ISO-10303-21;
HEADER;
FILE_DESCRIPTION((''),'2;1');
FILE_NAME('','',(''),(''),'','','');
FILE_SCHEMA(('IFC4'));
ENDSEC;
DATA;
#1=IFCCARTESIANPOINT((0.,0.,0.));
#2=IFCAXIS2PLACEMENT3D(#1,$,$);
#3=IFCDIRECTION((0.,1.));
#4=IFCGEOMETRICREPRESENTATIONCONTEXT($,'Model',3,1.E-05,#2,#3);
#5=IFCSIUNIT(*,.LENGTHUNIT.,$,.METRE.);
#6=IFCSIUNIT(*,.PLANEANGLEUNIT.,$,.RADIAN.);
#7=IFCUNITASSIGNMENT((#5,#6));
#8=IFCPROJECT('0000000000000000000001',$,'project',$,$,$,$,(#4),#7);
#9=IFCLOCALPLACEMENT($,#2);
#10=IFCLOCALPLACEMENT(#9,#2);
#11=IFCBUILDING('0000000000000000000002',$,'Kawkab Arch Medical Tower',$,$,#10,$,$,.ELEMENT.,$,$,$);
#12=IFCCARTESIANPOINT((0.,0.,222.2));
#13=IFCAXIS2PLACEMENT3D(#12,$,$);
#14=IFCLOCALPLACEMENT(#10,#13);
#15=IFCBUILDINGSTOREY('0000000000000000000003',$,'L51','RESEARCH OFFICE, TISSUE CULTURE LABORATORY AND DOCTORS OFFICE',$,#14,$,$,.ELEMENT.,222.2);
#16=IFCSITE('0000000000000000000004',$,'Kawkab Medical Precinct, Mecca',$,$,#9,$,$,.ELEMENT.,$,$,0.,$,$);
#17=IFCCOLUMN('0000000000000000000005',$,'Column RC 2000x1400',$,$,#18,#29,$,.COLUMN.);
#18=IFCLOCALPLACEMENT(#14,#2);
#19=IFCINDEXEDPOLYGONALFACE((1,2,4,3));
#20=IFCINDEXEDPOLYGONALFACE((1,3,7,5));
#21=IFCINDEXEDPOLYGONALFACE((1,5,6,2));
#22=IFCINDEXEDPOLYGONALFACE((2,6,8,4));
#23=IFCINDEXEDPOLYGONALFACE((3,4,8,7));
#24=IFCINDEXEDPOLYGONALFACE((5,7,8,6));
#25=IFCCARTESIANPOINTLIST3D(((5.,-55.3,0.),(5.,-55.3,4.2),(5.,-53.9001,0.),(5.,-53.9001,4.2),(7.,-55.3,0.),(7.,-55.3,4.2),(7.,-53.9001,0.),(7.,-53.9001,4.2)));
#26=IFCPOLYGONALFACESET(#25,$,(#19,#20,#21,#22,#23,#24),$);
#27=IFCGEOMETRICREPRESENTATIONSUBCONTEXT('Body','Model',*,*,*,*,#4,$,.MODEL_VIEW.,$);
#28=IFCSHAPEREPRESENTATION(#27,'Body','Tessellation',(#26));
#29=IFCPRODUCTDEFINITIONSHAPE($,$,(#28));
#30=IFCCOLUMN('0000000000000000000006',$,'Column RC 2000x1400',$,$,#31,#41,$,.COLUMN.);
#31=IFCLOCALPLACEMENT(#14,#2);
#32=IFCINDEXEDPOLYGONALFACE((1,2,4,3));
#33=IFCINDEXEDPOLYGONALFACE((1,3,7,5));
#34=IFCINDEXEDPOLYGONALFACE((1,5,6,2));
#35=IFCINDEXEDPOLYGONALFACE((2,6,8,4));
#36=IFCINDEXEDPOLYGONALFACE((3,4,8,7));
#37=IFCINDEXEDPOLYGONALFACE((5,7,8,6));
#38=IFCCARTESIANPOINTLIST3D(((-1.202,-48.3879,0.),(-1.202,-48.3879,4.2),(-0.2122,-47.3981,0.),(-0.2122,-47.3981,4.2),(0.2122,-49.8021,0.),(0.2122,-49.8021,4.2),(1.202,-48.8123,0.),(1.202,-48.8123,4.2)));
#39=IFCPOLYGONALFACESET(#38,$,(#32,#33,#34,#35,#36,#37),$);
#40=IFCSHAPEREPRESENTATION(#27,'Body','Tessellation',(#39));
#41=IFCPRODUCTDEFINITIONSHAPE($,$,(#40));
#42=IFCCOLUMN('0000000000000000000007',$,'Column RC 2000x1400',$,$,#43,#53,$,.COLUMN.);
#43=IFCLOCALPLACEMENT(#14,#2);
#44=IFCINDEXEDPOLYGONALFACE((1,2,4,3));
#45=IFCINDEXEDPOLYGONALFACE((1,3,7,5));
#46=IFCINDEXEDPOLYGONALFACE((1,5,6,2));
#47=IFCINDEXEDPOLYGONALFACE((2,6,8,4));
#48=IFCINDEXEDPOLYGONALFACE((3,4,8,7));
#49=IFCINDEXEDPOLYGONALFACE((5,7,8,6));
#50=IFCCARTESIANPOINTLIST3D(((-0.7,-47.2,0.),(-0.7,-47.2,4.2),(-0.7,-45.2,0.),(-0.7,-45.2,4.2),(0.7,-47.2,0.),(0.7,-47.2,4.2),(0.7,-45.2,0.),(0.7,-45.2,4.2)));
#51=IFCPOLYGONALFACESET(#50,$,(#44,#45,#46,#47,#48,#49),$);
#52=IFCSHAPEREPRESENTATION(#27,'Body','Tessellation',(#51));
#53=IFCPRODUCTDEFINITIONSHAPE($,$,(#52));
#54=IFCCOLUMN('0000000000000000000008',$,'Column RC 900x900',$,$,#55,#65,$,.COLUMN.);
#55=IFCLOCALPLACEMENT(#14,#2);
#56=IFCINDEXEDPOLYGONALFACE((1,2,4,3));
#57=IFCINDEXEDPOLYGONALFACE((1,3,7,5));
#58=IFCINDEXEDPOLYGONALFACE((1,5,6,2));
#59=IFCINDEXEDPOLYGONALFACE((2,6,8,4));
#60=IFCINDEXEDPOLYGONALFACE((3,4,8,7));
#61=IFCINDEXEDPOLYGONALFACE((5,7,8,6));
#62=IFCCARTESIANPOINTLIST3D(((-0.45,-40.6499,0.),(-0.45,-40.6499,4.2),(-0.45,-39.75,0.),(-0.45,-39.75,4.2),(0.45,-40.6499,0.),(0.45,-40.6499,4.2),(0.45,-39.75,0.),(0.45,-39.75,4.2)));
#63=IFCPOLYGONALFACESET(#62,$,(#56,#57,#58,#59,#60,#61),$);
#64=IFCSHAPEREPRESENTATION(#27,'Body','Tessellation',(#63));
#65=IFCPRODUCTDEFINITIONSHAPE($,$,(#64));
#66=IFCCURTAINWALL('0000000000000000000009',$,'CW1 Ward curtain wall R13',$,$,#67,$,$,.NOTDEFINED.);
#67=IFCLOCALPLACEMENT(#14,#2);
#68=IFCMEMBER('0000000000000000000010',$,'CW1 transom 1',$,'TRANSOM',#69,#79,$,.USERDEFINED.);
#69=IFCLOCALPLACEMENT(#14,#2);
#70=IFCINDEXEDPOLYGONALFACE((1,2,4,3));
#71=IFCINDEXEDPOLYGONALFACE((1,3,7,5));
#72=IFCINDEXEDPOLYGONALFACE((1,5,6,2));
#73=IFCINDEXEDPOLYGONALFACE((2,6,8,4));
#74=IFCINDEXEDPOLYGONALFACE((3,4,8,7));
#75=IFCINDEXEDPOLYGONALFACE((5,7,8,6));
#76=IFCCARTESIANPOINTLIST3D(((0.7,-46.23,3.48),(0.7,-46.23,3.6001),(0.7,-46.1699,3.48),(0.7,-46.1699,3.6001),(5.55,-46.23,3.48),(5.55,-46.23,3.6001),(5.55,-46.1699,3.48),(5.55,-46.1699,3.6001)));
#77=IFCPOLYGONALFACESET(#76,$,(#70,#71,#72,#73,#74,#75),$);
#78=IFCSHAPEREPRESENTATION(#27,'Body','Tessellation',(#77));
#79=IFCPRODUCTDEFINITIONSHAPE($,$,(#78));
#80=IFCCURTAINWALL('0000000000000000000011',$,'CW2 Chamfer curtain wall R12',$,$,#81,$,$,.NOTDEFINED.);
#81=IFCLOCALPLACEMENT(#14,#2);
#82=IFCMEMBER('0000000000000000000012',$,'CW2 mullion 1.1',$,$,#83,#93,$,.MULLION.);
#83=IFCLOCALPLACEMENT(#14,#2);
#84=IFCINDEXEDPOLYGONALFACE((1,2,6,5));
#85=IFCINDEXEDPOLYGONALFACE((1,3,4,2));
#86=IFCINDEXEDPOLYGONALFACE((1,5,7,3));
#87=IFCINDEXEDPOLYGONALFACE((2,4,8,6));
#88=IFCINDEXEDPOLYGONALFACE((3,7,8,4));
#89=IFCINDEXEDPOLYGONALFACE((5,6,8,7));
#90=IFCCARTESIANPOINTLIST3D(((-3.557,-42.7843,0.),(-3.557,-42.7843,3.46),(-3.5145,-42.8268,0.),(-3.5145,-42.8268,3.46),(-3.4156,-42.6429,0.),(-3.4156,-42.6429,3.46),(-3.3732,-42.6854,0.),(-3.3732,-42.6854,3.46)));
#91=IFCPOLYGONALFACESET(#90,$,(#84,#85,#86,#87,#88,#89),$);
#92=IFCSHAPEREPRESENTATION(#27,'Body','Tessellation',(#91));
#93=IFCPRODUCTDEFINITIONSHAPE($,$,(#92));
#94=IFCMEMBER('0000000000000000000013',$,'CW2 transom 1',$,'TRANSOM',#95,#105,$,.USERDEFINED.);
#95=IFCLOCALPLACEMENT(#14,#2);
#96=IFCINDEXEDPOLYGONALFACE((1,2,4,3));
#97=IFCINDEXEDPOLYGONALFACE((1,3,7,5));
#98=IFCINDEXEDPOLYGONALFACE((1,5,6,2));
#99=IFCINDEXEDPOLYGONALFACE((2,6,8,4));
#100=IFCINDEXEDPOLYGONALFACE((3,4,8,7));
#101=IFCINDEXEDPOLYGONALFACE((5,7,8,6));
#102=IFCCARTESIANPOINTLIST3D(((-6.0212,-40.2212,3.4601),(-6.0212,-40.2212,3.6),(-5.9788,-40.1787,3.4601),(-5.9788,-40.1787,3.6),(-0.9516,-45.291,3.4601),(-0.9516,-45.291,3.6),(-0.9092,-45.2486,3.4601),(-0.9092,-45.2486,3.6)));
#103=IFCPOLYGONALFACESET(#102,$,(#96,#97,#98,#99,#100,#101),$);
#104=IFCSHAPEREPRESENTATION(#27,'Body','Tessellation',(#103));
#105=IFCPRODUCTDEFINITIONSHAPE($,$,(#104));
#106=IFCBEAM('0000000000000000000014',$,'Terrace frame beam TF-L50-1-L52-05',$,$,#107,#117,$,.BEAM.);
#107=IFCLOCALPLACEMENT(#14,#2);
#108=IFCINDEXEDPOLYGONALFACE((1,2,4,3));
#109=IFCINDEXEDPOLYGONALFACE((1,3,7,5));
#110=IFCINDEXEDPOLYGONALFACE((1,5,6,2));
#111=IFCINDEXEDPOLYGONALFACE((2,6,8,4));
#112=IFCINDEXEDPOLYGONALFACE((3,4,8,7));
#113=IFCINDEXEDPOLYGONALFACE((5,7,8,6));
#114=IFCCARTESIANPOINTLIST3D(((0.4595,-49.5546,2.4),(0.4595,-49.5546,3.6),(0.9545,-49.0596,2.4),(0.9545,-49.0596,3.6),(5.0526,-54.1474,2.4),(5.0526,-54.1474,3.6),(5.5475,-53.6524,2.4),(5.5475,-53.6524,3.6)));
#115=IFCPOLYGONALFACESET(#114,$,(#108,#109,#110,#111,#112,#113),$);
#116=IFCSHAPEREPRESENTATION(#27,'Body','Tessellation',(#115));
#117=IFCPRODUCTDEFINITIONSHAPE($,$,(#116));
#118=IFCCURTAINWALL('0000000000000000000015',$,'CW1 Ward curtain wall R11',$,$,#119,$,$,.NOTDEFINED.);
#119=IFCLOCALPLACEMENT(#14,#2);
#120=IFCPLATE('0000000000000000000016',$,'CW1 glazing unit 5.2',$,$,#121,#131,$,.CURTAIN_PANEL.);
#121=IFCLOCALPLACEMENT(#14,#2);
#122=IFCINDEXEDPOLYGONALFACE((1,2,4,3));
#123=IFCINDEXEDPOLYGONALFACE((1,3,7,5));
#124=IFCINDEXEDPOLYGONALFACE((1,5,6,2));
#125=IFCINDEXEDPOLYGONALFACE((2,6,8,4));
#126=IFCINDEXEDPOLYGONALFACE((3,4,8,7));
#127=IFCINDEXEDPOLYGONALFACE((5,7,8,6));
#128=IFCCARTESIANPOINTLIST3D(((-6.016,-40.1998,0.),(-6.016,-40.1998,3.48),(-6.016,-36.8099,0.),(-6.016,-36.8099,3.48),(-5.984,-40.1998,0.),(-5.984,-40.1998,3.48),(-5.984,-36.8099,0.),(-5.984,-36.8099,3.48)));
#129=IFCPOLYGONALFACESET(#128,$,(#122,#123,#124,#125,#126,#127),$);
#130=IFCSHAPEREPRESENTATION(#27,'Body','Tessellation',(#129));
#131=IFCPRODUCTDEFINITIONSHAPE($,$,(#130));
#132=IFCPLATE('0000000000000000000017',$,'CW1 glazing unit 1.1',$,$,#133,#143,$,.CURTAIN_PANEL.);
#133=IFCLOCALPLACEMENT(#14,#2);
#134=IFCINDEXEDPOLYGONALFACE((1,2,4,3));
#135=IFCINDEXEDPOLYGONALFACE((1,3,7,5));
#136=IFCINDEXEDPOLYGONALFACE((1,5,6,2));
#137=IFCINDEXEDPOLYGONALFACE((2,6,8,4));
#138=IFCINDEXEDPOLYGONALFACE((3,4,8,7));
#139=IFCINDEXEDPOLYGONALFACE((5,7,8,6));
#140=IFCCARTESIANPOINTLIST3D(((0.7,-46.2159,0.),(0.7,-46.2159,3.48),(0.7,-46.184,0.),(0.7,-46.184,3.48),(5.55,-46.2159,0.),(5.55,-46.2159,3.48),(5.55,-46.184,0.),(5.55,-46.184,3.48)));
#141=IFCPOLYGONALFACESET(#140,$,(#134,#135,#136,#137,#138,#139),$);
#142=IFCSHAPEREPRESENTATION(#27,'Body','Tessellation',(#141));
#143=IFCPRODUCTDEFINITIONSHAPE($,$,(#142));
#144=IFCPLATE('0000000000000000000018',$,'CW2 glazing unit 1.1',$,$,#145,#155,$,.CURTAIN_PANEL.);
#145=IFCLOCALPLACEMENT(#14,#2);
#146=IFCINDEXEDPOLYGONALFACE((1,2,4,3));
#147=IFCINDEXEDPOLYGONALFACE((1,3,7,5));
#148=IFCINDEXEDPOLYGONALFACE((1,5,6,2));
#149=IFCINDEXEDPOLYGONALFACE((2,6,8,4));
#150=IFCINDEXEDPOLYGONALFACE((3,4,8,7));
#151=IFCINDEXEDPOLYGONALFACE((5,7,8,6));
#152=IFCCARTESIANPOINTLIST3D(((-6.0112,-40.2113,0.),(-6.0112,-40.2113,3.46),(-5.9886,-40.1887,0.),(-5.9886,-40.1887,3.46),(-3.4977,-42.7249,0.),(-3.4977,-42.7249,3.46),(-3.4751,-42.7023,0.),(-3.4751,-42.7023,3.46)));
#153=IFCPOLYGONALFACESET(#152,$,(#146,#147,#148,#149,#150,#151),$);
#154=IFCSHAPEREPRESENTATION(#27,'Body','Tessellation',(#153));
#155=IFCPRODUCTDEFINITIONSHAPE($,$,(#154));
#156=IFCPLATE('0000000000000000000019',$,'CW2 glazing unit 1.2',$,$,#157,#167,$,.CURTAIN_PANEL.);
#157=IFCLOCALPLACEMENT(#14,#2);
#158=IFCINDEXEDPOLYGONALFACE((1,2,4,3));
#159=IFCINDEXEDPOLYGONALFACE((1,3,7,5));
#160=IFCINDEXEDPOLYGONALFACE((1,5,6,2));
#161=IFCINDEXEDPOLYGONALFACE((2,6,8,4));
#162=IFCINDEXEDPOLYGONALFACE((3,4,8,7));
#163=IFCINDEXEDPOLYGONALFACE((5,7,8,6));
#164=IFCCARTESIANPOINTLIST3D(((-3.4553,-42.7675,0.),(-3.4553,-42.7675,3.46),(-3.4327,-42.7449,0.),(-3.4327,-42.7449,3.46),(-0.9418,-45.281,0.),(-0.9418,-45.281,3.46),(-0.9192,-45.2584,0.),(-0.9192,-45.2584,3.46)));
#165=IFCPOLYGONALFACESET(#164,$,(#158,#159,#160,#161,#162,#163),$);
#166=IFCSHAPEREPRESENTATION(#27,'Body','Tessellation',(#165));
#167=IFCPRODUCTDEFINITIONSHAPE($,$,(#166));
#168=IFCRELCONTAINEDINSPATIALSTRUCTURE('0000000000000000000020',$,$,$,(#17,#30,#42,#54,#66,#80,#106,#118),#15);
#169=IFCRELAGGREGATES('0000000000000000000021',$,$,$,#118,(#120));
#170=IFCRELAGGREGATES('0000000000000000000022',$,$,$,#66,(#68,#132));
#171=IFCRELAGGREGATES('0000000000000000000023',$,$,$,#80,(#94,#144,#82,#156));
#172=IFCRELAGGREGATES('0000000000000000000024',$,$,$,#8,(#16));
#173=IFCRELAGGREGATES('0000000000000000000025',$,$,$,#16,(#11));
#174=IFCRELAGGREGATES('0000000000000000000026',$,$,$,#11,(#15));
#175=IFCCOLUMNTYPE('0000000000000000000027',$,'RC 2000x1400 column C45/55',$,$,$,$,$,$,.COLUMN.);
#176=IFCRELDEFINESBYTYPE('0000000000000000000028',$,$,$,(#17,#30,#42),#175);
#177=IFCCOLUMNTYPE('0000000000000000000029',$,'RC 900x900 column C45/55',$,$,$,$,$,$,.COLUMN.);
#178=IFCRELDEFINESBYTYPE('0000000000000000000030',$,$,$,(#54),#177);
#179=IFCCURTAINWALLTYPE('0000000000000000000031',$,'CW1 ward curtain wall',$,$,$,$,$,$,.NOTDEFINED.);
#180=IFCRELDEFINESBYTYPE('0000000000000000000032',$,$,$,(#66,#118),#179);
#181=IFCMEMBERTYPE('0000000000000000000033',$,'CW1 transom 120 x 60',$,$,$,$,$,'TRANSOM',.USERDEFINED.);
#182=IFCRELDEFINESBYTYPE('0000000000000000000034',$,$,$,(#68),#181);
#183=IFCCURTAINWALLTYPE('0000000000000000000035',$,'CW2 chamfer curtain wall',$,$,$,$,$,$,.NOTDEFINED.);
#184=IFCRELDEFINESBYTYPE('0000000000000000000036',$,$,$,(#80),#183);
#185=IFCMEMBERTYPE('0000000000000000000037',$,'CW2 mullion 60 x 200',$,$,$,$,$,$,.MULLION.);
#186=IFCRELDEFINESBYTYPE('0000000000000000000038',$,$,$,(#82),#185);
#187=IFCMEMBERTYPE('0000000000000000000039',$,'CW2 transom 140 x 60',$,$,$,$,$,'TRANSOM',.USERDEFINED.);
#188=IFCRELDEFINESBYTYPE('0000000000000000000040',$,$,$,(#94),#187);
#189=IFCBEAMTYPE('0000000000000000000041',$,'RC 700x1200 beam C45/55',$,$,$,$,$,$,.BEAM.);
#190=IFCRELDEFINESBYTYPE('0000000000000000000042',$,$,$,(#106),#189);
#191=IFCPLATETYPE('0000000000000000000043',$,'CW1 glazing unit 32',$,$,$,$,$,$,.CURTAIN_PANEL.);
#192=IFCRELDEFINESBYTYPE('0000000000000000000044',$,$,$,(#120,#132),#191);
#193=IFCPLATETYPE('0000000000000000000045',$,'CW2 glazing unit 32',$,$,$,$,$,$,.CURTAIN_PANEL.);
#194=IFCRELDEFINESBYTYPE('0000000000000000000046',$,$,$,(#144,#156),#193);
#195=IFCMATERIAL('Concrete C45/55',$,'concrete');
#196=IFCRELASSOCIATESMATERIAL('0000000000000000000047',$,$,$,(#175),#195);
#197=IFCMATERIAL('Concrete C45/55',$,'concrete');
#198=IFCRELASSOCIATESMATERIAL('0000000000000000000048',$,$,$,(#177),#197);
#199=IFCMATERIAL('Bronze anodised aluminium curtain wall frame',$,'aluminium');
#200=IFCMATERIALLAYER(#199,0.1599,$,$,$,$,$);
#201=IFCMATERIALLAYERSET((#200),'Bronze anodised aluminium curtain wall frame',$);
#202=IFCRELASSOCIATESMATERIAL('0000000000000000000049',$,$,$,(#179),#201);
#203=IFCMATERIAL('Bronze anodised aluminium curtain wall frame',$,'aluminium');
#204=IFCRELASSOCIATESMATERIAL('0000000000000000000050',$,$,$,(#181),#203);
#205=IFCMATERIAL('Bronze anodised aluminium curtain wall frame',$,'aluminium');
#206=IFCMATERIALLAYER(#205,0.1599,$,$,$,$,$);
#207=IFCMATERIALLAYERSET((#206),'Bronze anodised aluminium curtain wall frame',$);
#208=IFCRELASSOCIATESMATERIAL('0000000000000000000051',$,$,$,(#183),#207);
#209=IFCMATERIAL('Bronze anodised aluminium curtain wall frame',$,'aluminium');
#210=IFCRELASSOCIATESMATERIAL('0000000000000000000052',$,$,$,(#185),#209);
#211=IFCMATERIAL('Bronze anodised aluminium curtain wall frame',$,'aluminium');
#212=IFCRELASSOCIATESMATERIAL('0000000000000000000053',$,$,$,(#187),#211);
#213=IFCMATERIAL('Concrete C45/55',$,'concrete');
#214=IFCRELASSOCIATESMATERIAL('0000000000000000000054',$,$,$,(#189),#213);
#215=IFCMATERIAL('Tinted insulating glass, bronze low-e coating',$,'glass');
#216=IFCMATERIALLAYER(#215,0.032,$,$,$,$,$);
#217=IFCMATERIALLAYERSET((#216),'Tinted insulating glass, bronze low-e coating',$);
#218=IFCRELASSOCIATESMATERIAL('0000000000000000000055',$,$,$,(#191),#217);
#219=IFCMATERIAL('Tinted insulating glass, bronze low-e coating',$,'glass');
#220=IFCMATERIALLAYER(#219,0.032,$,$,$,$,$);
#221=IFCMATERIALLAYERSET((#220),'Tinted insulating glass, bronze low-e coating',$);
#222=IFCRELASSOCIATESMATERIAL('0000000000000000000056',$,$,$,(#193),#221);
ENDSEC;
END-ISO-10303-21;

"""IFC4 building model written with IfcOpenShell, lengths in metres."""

from ifc_helpers import new_model, si_unit, direction, frame, origin, origin_2d, place, context, subcontext, project, spatial, rectangle, extrude, material, layer, layer_set, material_profile, profile_set, type_object, element, aggregate, save


model = new_model("IFC4")

# Units and contexts
model_context = context("Model", 3, precision=1e-05, world=origin(), true_north=direction((0.0, 1.0)))
body_context = subcontext(model_context, "Body", "Model", "MODEL_VIEW")
ifc_project = project(units=[si_unit("LENGTHUNIT", "METRE"), si_unit("PLANEANGLEUNIT", "RADIAN")], contexts=[model_context])

# Site, building, storey
site_placement = place(None, origin())
site = spatial("IfcSite", under=ifc_project, at=site_placement, Name="Kawkab Medical Precinct, Mecca", CompositionType="ELEMENT", RefElevation=0.0)
building_placement = place(site_placement, origin())
building = spatial("IfcBuilding", under=site, at=building_placement, Name="Kawkab Arch Medical Tower", CompositionType="ELEMENT")
storey_placement = place(building_placement, frame((0.0, 0.0, 222.2)))
storey = spatial("IfcBuildingStorey", under=building, at=storey_placement, Name="L51", Description="RESEARCH OFFICE, TISSUE CULTURE LABORATORY AND DOCTORS OFFICE", CompositionType="ELEMENT", Elevation=222.2)

# Columns
ifc_material_1 = material(Name="Concrete C45/55", Category="concrete")
ifc_material_profile_1 = material_profile(ifc_material_1, rectangle(XDim=2.0, YDim=1.3999, at=origin_2d()), Name="RC 2000x1400")
ifc_profile_set_1 = profile_set([ifc_material_profile_1], Name="Concrete C45/55")
column_type_1 = type_object("IfcColumnType", Name="RC 2000x1400 column C45/55", PredefinedType="COLUMN", material=ifc_profile_set_1)
for number, where, z_axis, x_axis, name in (
    (1, (6.0, -54.6001, 0.0), (0.0, 0.0, 1.0), (-1.0, 0.0, 0.0), "Column RC 2000x1400"),
    (2, (0.0, -48.6001, 0.0), (0.0, 0.0, 1.0), (-0.707107, 0.707107, 0.0), "Column RC 2000x1400"),
    (3, (0.0, -46.2, 0.0), (0.0, 0.0, 1.0), (0.0, 1.0, 0.0), "Column RC 2000x1400"),
):
    element("IfcColumn", number, at=place(storey_placement, frame(where, z_axis=z_axis, x_axis=x_axis)), inside=storey, type_object=column_type_1, Name=name, PredefinedType="COLUMN", context=body_context, shape_type="SweptSolid", body=[
        extrude(rectangle(XDim=2.0, YDim=1.3999, at=origin_2d()), origin(), (0.0, 0.0, 1.0), 4.2),
    ])
ifc_material_2 = material(Name="Concrete C45/55", Category="concrete")
ifc_material_profile_2 = material_profile(ifc_material_2, rectangle(XDim=0.8999, YDim=0.8999, at=origin_2d()), Name="RC 900x900")
ifc_profile_set_2 = profile_set([ifc_material_profile_2], Name="Concrete C45/55")
column_type_2 = type_object("IfcColumnType", Name="RC 900x900 column C45/55", PredefinedType="COLUMN", material=ifc_profile_set_2)
column_placement = place(storey_placement, frame((0.0, -40.2, 0.0), z_axis=(0.0, 0.0, 1.0), x_axis=(1.0, 0.0, 0.0)))
element("IfcColumn", 4, at=column_placement, inside=storey, type_object=column_type_2, Name="Column RC 900x900", PredefinedType="COLUMN", context=body_context, shape_type="SweptSolid", body=[
    extrude(rectangle(XDim=0.8999, YDim=0.8999, at=origin_2d()), origin(), (0.0, 0.0, 1.0), 4.2),
])

# Curtain wall, member
ifc_material_3 = material(Name="Bronze anodised aluminium curtain wall frame", Category="aluminium")
ifc_layer_1 = layer(ifc_material_3, 0.1599)
ifc_layer_set_1 = layer_set([ifc_layer_1], Name="Bronze anodised aluminium curtain wall frame")
curtain_wall_type_1 = type_object("IfcCurtainWallType", Name="CW1 ward curtain wall", PredefinedType="NOTDEFINED", material=ifc_layer_set_1)
placement = place(storey_placement, origin())
curtain_wall_1 = element("IfcCurtainWall", 5, at=placement, inside=storey, type_object=curtain_wall_type_1, Name="CW1 Ward curtain wall R13", PredefinedType="NOTDEFINED")
ifc_material_4 = material(Name="Bronze anodised aluminium curtain wall frame", Category="aluminium")
ifc_material_profile_3 = material_profile(ifc_material_4, rectangle(XDim=0.0601, YDim=0.1201, at=origin_2d()), Name="AL 60x120")
ifc_profile_set_3 = profile_set([ifc_material_profile_3], Name="Bronze anodised aluminium curtain wall frame")
member_type_1 = type_object("IfcMemberType", Name="CW1 transom 120 x 60", ElementType="TRANSOM", PredefinedType="USERDEFINED", material=ifc_profile_set_3)
member_1_placement = place(storey_placement, frame((0.7, -46.2, 3.54), z_axis=(1.0, 0.0, 0.0), x_axis=(0.0, 1.0, 0.0)))
member_1 = element("IfcMember", 6, at=member_1_placement, type_object=member_type_1, Name="CW1 transom 1", ObjectType="TRANSOM", PredefinedType="USERDEFINED", context=body_context, shape_type="SweptSolid", body=[
    extrude(rectangle(XDim=0.0601, YDim=0.1201, at=origin_2d()), origin(), (0.0, 0.0, 1.0), 4.8501),
])

# Curtain wall, members
ifc_material_5 = material(Name="Bronze anodised aluminium curtain wall frame", Category="aluminium")
ifc_layer_2 = layer(ifc_material_5, 0.1599)
ifc_layer_set_2 = layer_set([ifc_layer_2], Name="Bronze anodised aluminium curtain wall frame")
curtain_wall_type_2 = type_object("IfcCurtainWallType", Name="CW2 chamfer curtain wall", PredefinedType="NOTDEFINED", material=ifc_layer_set_2)
curtain_wall_2 = element("IfcCurtainWall", 7, at=placement, inside=storey, type_object=curtain_wall_type_2, Name="CW2 Chamfer curtain wall R12", PredefinedType="NOTDEFINED")
ifc_material_6 = material(Name="Bronze anodised aluminium curtain wall frame", Category="aluminium")
ifc_material_profile_4 = material_profile(ifc_material_6, rectangle(XDim=0.2, YDim=0.0601, at=origin_2d()), Name="AL 60x200")
ifc_profile_set_4 = profile_set([ifc_material_profile_4], Name="Bronze anodised aluminium curtain wall frame")
member_type_2 = type_object("IfcMemberType", Name="CW2 mullion 60 x 200", PredefinedType="MULLION", material=ifc_profile_set_4)
member_2_placement = place(storey_placement, frame((-3.4651, -42.7349, 0.0), z_axis=(0.0, 0.0, 1.0), x_axis=(0.707107, 0.707107, 0.0)))
member_2 = element("IfcMember", 8, at=member_2_placement, type_object=member_type_2, Name="CW2 mullion 1.1", PredefinedType="MULLION", context=body_context, shape_type="SweptSolid", body=[
    extrude(rectangle(XDim=0.2, YDim=0.0601, at=origin_2d()), origin(), (0.0, 0.0, 1.0), 3.46),
])
ifc_material_7 = material(Name="Bronze anodised aluminium curtain wall frame", Category="aluminium")
ifc_material_profile_5 = material_profile(ifc_material_7, rectangle(XDim=0.0601, YDim=0.1399, at=origin_2d()), Name="AL 60x140")
ifc_profile_set_5 = profile_set([ifc_material_profile_5], Name="Bronze anodised aluminium curtain wall frame")
member_type_3 = type_object("IfcMemberType", Name="CW2 transom 140 x 60", ElementType="TRANSOM", PredefinedType="USERDEFINED", material=ifc_profile_set_5)
member_3_placement = place(storey_placement, frame((-6.0, -40.2, 3.53), z_axis=(0.70709, -0.707124, 0.0), x_axis=(0.707124, 0.70709, 0.0)))
member_3 = element("IfcMember", 9, at=member_3_placement, type_object=member_type_3, Name="CW2 transom 1", ObjectType="TRANSOM", PredefinedType="USERDEFINED", context=body_context, shape_type="SweptSolid", body=[
    extrude(rectangle(XDim=0.0601, YDim=0.1399, at=origin_2d()), origin(), (0.0, 0.0, 1.0), 7.1697),
])

# Beam
ifc_material_8 = material(Name="Concrete C45/55", Category="concrete")
ifc_material_profile_6 = material_profile(ifc_material_8, rectangle(XDim=0.7, YDim=1.2, at=origin_2d()), Name="RC 700x1200")
ifc_profile_set_6 = profile_set([ifc_material_profile_6], Name="Concrete C45/55")
beam_type = type_object("IfcBeamType", Name="RC 700x1200 beam C45/55", PredefinedType="BEAM", material=ifc_profile_set_6)
beam_placement = place(storey_placement, frame((5.3, -53.8999, 3.0), z_axis=(-0.707126, 0.707088, 0.0), x_axis=(-0.707088, -0.707126, 0.0)))
element("IfcBeam", 10, at=beam_placement, inside=storey, type_object=beam_type, Name="Terrace frame beam TF-L50-1-L52-05", PredefinedType="BEAM", context=body_context, shape_type="SweptSolid", body=[
    extrude(rectangle(XDim=0.7, YDim=1.2, at=origin_2d()), origin(), (0.0, 0.0, 1.0), 6.4954),
])

# Curtain wall, plate
curtain_wall_3 = element("IfcCurtainWall", 11, at=placement, inside=storey, type_object=curtain_wall_type_1, Name="CW1 Ward curtain wall R11", PredefinedType="NOTDEFINED")
ifc_material_9 = material(Name="Tinted insulating glass, bronze low-e coating", Category="glass")
ifc_layer_3 = layer(ifc_material_9, 0.032)
ifc_layer_set_3 = layer_set([ifc_layer_3], Name="Tinted insulating glass, bronze low-e coating")
plate_type_1 = type_object("IfcPlateType", Name="CW1 glazing unit 32", PredefinedType="CURTAIN_PANEL", material=ifc_layer_set_3)
plate_1_placement = place(storey_placement, frame((-6.0, -38.5049, 0.0), z_axis=(0.0, 0.0, 1.0), x_axis=(0.0, -1.0, 0.0)))
plate_1 = element("IfcPlate", 12, at=plate_1_placement, type_object=plate_type_1, Name="CW1 glazing unit 5.2", PredefinedType="CURTAIN_PANEL", context=body_context, shape_type="SweptSolid", body=[
    extrude(rectangle(XDim=3.3899, YDim=0.032, at=origin_2d()), origin(), (0.0, 0.0, 1.0), 3.48),
])
aggregate(curtain_wall_3, [plate_1])

# Plates
plate_2_placement = place(storey_placement, frame((3.125, -46.2, 0.0), z_axis=(0.0, 0.0, 1.0), x_axis=(1.0, 0.0, 0.0)))
plate_2 = element("IfcPlate", 13, at=plate_2_placement, type_object=plate_type_1, Name="CW1 glazing unit 1.1", PredefinedType="CURTAIN_PANEL", context=body_context, shape_type="SweptSolid", body=[
    extrude(rectangle(XDim=4.8501, YDim=0.032, at=origin_2d()), origin(), (0.0, 0.0, 1.0), 3.48),
])
aggregate(curtain_wall_1, [member_1, plate_2])
ifc_material_10 = material(Name="Tinted insulating glass, bronze low-e coating", Category="glass")
ifc_layer_4 = layer(ifc_material_10, 0.032)
ifc_layer_set_4 = layer_set([ifc_layer_4], Name="Tinted insulating glass, bronze low-e coating")
plate_type_2 = type_object("IfcPlateType", Name="CW2 glazing unit 32", PredefinedType="CURTAIN_PANEL", material=ifc_layer_set_4)
plate_3_placement = place(storey_placement, frame((-4.7432, -41.4568, 0.0), z_axis=(0.0, 0.0, 1.0), x_axis=(0.707107, -0.707107, 0.0)))
plate_3 = element("IfcPlate", 14, at=plate_3_placement, type_object=plate_type_2, Name="CW2 glazing unit 1.1", PredefinedType="CURTAIN_PANEL", context=body_context, shape_type="SweptSolid", body=[
    extrude(rectangle(XDim=3.5547, YDim=0.032, at=origin_2d()), origin(), (0.0, 0.0, 1.0), 3.46),
])
plate_4_placement = place(storey_placement, frame((-2.1873, -44.0129, 0.0), z_axis=(0.0, 0.0, 1.0), x_axis=(0.707107, -0.707107, 0.0)))
plate_4 = element("IfcPlate", 15, at=plate_4_placement, type_object=plate_type_2, Name="CW2 glazing unit 1.2", PredefinedType="CURTAIN_PANEL", context=body_context, shape_type="SweptSolid", body=[
    extrude(rectangle(XDim=3.5547, YDim=0.032, at=origin_2d()), origin(), (0.0, 0.0, 1.0), 3.46),
])
aggregate(curtain_wall_2, [member_3, plate_3, member_2, plate_4])

save(model, "model.ifc")
